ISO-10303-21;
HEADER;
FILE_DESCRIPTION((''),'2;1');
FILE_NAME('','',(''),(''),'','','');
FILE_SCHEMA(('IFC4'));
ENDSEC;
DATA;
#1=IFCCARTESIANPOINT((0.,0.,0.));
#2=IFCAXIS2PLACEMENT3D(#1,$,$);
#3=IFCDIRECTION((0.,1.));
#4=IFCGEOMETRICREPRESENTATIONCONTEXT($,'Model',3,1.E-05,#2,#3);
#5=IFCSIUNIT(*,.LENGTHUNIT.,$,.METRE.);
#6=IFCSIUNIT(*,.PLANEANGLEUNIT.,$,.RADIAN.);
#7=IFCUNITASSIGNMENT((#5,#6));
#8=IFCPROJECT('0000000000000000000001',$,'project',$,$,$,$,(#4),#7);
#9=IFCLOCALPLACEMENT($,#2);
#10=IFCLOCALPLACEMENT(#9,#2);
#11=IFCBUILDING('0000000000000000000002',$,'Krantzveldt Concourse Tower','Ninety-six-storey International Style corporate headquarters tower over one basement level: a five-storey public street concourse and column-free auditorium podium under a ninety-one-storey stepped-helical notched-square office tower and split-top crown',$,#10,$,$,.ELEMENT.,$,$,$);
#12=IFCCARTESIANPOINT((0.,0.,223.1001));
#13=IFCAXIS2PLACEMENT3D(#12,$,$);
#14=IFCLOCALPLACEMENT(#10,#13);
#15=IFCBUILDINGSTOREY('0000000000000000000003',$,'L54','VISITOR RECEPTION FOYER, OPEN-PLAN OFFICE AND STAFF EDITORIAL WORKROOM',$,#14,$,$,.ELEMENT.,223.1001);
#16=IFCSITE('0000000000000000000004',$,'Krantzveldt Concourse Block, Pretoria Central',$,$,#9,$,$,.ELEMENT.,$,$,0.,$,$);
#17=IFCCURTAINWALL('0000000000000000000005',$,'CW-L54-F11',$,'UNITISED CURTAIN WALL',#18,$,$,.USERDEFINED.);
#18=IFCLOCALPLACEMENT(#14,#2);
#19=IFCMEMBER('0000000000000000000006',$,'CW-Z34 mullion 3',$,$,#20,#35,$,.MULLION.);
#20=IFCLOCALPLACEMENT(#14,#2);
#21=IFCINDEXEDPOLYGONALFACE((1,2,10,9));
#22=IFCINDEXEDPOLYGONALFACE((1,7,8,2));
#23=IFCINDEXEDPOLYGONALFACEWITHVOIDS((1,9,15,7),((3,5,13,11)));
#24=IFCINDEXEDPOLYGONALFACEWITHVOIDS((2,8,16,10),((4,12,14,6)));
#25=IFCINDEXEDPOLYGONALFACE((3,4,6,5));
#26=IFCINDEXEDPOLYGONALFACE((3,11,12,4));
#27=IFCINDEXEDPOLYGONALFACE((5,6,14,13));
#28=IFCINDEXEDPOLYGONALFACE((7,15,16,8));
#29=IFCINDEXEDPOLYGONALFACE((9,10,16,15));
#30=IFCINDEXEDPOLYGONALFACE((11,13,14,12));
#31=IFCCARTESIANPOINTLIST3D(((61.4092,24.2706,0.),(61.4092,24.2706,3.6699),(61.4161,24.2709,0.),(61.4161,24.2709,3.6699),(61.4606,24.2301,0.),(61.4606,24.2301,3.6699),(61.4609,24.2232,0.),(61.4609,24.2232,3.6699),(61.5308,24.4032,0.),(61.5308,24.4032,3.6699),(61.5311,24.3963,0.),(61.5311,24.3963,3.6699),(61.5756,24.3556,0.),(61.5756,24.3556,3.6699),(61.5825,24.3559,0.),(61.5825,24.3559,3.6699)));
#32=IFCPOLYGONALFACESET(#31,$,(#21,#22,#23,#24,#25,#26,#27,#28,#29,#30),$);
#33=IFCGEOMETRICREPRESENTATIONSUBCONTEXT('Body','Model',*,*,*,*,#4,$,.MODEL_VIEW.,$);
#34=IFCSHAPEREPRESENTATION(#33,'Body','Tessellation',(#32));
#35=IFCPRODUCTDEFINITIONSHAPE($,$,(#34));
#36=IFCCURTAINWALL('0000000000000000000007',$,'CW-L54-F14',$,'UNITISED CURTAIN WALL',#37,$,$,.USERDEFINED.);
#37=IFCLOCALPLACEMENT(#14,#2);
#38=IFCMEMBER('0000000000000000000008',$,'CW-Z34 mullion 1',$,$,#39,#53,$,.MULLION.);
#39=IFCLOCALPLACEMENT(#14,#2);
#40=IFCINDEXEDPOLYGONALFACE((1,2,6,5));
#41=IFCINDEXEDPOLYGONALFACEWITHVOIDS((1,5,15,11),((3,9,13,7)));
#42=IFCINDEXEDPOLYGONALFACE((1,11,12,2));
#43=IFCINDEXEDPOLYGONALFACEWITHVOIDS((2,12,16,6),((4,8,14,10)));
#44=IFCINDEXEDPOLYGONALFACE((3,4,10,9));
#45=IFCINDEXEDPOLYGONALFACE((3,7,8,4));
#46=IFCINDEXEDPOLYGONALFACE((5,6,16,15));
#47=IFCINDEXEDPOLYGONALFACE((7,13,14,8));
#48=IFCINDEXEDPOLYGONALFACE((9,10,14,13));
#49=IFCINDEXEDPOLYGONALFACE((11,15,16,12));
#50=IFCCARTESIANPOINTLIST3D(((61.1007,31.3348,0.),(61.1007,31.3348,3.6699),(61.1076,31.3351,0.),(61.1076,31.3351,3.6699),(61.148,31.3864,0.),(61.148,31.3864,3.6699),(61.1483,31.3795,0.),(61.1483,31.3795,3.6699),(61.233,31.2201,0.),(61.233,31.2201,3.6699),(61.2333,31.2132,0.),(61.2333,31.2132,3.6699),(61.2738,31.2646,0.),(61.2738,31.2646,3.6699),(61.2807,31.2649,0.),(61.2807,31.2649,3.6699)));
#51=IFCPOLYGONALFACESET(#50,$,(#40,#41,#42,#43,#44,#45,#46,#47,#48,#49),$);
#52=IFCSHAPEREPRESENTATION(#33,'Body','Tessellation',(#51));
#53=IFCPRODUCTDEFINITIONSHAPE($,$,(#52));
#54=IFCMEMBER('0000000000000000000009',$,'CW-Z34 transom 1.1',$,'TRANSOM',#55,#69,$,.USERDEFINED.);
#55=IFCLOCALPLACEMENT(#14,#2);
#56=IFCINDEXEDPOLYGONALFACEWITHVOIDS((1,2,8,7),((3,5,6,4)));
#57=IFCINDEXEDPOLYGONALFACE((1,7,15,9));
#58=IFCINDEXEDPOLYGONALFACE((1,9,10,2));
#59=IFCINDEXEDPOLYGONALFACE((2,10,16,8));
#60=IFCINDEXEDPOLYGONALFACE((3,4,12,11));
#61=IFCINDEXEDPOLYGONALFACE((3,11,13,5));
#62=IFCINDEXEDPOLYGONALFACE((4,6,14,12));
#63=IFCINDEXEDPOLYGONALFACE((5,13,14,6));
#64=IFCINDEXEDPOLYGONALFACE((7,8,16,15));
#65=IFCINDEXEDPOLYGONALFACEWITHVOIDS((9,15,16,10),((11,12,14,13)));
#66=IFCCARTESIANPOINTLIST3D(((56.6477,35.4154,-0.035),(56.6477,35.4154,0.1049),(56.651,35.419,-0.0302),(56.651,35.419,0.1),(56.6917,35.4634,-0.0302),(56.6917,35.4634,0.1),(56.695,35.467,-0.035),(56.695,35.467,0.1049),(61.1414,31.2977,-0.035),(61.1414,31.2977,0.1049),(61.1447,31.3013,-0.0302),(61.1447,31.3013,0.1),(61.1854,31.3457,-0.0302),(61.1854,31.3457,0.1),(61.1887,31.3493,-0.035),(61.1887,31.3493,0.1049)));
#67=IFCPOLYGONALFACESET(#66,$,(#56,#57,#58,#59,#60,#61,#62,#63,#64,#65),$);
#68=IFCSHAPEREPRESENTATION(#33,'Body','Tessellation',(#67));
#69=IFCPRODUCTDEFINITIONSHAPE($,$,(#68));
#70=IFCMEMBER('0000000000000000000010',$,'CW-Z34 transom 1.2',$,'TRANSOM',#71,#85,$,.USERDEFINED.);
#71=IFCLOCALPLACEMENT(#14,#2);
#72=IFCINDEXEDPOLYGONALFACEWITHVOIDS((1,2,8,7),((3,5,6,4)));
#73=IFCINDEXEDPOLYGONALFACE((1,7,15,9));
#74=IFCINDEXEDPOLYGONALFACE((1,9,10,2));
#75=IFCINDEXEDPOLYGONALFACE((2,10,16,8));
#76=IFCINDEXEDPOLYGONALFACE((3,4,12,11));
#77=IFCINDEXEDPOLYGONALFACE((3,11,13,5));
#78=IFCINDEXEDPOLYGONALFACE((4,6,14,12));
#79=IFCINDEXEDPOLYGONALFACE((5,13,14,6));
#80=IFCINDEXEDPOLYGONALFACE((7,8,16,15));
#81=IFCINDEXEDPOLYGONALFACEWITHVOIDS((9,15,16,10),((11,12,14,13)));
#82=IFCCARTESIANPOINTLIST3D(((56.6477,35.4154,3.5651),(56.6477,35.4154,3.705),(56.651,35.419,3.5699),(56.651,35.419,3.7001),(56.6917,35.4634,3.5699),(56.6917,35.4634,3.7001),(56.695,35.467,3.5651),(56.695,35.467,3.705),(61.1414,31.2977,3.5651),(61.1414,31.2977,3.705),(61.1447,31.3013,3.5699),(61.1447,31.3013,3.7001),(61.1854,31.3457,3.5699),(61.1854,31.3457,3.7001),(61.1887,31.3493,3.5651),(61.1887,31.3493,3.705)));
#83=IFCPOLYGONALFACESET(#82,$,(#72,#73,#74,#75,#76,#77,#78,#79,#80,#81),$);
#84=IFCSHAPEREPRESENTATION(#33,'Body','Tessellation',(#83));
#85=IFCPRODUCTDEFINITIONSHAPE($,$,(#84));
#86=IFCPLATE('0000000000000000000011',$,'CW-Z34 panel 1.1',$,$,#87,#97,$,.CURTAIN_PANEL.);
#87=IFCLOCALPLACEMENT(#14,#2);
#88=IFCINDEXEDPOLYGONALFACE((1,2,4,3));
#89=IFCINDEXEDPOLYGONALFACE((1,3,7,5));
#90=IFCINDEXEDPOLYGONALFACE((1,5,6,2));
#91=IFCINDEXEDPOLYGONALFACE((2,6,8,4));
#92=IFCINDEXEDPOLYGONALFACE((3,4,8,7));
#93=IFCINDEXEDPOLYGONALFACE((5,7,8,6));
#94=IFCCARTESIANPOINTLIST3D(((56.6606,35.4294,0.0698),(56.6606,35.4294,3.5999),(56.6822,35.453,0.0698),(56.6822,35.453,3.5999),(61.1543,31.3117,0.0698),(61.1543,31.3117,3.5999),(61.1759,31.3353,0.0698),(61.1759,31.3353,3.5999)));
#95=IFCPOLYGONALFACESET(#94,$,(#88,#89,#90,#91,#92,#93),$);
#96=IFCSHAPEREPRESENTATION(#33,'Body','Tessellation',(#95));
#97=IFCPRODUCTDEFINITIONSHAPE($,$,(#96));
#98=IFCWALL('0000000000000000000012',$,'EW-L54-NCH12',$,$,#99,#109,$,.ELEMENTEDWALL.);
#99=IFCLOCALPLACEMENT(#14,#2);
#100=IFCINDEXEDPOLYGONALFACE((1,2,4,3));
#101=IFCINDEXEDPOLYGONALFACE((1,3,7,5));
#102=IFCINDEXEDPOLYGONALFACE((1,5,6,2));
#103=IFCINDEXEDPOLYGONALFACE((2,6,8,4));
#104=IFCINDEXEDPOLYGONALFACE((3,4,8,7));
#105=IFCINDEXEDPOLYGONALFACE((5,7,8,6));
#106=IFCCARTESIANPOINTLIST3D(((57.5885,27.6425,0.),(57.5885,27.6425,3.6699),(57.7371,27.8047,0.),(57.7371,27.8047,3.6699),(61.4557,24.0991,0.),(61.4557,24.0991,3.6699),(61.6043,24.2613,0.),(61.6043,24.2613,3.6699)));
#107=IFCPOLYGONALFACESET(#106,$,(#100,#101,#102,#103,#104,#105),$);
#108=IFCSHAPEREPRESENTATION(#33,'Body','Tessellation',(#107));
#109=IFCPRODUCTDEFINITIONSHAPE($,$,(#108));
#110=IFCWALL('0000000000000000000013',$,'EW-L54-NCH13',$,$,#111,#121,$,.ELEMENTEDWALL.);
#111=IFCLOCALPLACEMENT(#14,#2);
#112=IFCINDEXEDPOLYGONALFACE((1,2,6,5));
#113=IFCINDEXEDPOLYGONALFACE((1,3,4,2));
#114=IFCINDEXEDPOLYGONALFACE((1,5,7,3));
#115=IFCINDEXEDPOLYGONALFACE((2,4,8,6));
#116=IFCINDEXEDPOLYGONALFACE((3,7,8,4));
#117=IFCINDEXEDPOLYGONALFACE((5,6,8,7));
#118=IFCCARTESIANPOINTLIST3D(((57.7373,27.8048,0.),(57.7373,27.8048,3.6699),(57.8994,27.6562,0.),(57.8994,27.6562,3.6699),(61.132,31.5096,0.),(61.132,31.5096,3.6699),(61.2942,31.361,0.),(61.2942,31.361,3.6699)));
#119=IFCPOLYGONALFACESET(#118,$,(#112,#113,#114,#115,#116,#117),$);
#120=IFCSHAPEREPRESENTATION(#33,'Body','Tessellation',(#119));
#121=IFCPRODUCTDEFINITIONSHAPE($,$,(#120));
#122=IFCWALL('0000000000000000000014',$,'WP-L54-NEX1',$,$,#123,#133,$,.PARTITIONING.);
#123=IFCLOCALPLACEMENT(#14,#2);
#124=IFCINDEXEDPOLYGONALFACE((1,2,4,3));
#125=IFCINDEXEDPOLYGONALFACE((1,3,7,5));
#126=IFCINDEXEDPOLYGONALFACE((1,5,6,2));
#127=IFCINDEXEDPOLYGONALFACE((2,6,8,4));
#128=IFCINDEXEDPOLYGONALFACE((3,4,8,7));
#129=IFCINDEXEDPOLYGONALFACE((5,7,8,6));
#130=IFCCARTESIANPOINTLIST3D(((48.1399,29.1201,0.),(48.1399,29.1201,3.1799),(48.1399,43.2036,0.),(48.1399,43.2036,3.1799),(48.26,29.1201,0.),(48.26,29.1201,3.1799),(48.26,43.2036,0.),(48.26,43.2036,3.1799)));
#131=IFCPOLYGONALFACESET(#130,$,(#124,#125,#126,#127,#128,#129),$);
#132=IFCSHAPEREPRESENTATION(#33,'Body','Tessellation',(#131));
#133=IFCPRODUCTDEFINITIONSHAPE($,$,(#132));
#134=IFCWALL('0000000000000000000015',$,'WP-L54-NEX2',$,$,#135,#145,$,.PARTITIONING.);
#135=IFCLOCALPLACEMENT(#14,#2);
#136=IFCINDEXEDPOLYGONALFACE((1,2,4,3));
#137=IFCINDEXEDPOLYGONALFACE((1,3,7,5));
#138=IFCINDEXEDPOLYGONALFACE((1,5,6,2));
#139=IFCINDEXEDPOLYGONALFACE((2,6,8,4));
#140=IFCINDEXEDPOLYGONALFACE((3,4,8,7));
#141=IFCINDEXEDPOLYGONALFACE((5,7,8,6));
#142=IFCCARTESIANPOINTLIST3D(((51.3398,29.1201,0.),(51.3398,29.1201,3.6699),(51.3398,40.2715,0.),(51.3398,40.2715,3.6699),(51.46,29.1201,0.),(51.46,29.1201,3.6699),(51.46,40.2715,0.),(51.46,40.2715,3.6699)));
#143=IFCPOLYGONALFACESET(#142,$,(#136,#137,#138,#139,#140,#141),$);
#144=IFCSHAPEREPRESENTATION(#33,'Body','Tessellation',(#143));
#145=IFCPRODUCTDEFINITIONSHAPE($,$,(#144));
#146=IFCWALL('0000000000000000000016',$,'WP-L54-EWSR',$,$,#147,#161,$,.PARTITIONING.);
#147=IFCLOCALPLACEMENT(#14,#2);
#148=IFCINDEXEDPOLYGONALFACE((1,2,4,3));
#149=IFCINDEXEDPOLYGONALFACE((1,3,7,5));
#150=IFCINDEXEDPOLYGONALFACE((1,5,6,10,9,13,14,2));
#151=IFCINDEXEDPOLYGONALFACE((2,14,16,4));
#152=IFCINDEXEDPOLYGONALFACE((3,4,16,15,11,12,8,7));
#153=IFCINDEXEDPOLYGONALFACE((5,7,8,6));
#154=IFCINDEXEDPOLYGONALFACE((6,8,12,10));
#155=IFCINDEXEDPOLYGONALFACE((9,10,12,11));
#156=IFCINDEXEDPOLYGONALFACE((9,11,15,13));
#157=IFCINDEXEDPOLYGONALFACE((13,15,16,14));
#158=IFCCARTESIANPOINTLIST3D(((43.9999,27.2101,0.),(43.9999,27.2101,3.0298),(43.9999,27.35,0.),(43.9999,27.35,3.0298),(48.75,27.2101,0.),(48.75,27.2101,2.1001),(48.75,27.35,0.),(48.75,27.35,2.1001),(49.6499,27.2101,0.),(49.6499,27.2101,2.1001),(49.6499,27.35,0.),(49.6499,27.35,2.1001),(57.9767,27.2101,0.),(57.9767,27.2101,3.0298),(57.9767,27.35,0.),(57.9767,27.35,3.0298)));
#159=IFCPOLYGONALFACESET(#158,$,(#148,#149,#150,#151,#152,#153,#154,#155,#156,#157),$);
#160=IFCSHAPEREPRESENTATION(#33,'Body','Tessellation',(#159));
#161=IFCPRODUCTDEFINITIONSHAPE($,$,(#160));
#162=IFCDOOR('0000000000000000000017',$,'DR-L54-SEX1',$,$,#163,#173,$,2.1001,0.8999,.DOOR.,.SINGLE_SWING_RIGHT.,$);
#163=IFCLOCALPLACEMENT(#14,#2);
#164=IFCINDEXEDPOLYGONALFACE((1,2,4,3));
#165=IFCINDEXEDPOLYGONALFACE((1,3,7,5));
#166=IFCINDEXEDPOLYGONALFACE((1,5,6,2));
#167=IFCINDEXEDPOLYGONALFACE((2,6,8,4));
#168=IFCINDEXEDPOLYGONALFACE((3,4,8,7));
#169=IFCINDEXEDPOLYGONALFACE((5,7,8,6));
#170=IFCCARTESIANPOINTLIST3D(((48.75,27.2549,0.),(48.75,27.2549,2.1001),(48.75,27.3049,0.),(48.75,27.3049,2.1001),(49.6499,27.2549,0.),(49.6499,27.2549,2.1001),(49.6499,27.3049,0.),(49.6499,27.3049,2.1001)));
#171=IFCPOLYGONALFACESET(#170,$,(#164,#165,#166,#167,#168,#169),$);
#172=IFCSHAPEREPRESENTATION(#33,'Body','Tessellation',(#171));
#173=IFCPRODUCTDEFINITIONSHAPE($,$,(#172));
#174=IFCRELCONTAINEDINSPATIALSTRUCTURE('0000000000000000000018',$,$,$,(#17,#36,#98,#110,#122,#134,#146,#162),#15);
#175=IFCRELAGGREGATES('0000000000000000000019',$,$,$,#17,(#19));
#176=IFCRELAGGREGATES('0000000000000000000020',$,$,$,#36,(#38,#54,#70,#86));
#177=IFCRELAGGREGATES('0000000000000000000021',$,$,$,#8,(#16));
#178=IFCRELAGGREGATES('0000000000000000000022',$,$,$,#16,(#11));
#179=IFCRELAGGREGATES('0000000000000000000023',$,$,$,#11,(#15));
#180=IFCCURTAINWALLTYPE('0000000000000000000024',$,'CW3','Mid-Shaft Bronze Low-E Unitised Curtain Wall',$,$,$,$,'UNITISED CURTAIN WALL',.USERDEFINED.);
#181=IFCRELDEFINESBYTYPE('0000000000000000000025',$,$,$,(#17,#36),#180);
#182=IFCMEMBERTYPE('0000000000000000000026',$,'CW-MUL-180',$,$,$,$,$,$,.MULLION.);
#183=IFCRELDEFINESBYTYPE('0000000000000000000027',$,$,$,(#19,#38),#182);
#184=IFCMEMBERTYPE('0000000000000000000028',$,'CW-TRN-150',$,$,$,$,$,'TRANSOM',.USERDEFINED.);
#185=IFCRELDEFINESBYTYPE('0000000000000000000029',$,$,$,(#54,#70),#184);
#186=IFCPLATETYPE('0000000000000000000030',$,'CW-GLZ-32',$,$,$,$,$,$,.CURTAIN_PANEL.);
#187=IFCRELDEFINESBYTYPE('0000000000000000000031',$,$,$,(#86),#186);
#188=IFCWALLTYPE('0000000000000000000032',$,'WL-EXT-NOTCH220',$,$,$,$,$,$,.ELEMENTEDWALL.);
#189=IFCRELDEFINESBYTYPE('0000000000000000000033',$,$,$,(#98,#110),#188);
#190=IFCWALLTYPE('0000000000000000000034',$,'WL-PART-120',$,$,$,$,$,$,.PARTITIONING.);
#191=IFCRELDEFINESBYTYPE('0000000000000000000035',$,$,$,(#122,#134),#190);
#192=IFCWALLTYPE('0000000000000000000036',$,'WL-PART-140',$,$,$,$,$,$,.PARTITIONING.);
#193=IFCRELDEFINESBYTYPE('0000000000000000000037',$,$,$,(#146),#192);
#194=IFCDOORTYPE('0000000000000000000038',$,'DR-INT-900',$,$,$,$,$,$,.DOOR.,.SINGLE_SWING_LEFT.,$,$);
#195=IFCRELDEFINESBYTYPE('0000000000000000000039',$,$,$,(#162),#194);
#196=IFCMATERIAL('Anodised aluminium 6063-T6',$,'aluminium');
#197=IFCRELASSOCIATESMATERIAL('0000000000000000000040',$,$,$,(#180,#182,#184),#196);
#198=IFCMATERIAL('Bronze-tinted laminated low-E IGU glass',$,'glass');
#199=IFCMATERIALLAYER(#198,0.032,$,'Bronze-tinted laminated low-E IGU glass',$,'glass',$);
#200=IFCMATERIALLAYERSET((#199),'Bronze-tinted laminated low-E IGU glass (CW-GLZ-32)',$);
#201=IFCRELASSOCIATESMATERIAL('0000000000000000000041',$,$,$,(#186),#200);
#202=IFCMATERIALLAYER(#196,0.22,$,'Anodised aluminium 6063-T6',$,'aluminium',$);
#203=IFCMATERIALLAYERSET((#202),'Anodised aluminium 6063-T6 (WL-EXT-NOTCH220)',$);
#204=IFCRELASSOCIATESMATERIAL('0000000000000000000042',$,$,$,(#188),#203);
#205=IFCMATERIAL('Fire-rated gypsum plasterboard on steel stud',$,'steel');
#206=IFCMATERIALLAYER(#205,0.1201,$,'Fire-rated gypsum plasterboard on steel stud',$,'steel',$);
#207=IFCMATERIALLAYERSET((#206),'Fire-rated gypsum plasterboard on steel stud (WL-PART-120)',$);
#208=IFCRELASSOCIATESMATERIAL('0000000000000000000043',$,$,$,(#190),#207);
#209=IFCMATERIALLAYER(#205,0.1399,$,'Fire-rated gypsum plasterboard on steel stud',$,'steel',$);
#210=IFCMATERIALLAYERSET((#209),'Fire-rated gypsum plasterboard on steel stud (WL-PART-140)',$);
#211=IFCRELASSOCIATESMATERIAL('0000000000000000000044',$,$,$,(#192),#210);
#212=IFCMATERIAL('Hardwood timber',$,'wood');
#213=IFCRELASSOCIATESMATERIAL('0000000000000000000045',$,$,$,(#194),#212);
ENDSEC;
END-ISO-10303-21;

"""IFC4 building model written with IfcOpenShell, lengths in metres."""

from ifc_helpers import new_model, si_unit, direction, frame, frame_2d, origin, origin_2d, place, context, subcontext, project, spatial, rectangle, hollow_rectangle, extrude, source, transform, mapped, material, layer, layer_set, material_profile, profile_set, type_object, type_shapes, element, fill, aggregate, save


model = new_model("IFC4")

# Units and contexts
model_context = context("Model", 3, precision=1e-05, world=origin(), true_north=direction((0.0, 1.0)))
body_context = subcontext(model_context, "Body", "Model", "MODEL_VIEW")
ifc_project = project(units=[si_unit("LENGTHUNIT", "METRE"), si_unit("PLANEANGLEUNIT", "RADIAN")], contexts=[model_context])

# Site, building, storey
site_placement = place(None, origin())
site = spatial("IfcSite", under=ifc_project, at=site_placement, Name="Krantzveldt Concourse Block, Pretoria Central", CompositionType="ELEMENT", RefElevation=0.0)
building_placement = place(site_placement, origin())
building = spatial("IfcBuilding", under=site, at=building_placement, Name="Krantzveldt Concourse Tower", Description="Ninety-six-storey International Style corporate headquarters tower over one basement level: a five-storey public street concourse and column-free auditorium podium under a ninety-one-storey stepped-helical notched-square office tower and split-top crown", CompositionType="ELEMENT")
storey_placement = place(building_placement, frame((0.0, 0.0, 223.1001)))
storey = spatial("IfcBuildingStorey", under=building, at=storey_placement, Name="L54", Description="VISITOR RECEPTION FOYER, OPEN-PLAN OFFICE AND STAFF EDITORIAL WORKROOM", CompositionType="ELEMENT", Elevation=223.1001)

# Curtain wall, member
ifc_material_1 = material(Name="Anodised aluminium 6063-T6", Category="aluminium")
curtain_wall_type = type_object("IfcCurtainWallType", Name="CW3", Description="Mid-Shaft Bronze Low-E Unitised Curtain Wall", ElementType="UNITISED CURTAIN WALL", PredefinedType="USERDEFINED", material=ifc_material_1)
curtain_wall_1_placement = place(storey_placement, origin())
curtain_wall_1 = element("IfcCurtainWall", 1, at=curtain_wall_1_placement, inside=storey, type_object=curtain_wall_type, Name="CW-L54-F11", ObjectType="UNITISED CURTAIN WALL", PredefinedType="USERDEFINED")
ifc_material_profile_1 = material_profile(ifc_material_1, hollow_rectangle(XDim=0.0701, YDim=0.1799, WallThickness=0.0049, at=origin_2d()), Name="Anodised aluminium 6063-T6", Category="aluminium")
ifc_profile_set_1 = profile_set([ifc_material_profile_1], Name="Anodised aluminium 6063-T6 - ALU-MULL 180x70x5")
member_type_1 = type_object("IfcMemberType", Name="CW-MUL-180", PredefinedType="MULLION", material=ifc_profile_set_1)
shared_shape_1 = source(origin(), body_context, "Body", "SweptSolid", [
    extrude(hollow_rectangle(XDim=0.0701, YDim=0.1799, WallThickness=0.0049, at=origin_2d()), origin(), (0.0, 0.0, 1.0), 3.6699),
])
type_shapes(member_type_1, [shared_shape_1])
member_1_placement = place(storey_placement, frame((61.4958, 24.3132, 0.0), z_axis=(0.0, 0.0, 1.0), x_axis=(-0.737278, 0.67559, 0.0)))
member_1 = element("IfcMember", 2, at=member_1_placement, type_object=member_type_1, Name="CW-Z34 mullion 3", PredefinedType="MULLION", context=body_context, shape_type="MappedRepresentation", body=[
    mapped(shared_shape_1, transform((0.0, 0.0, 0.0), x_axis=(1.0, 0.0, 0.0), y_axis=(0.0, 1.0, 0.0), z_axis=(0.0, 0.0, 1.0), scale=1.0)),
])
aggregate(curtain_wall_1, [member_1])

# Curtain wall, members, plate
curtain_wall_2_placement = place(storey_placement, origin())
curtain_wall_2 = element("IfcCurtainWall", 3, at=curtain_wall_2_placement, inside=storey, type_object=curtain_wall_type, Name="CW-L54-F14", ObjectType="UNITISED CURTAIN WALL", PredefinedType="USERDEFINED")
member_2_placement = place(storey_placement, frame((61.1907, 31.2998, 0.0), z_axis=(0.0, 0.0, 1.0), x_axis=(-0.67559, -0.737277, 0.0)))
member_2 = element("IfcMember", 4, at=member_2_placement, type_object=member_type_1, Name="CW-Z34 mullion 1", PredefinedType="MULLION", context=body_context, shape_type="MappedRepresentation", body=[
    mapped(shared_shape_1, transform((0.0, 0.0, 0.0), x_axis=(1.0, 0.0, 0.0), y_axis=(0.0, 1.0, 0.0), z_axis=(0.0, 0.0, 1.0), scale=1.0)),
])
ifc_material_profile_2 = material_profile(ifc_material_1, hollow_rectangle(XDim=0.0701, YDim=0.1399, WallThickness=0.0049, at=origin_2d()), Name="Anodised aluminium 6063-T6", Category="aluminium")
ifc_profile_set_2 = profile_set([ifc_material_profile_2], Name="Anodised aluminium 6063-T6 - ALU-TRAN 140x70x5")
member_type_2 = type_object("IfcMemberType", Name="CW-TRN-150", ElementType="TRANSOM", PredefinedType="USERDEFINED", material=ifc_profile_set_2)
shared_shape_2 = source(origin(), body_context, "Body", "SweptSolid", [
    extrude(hollow_rectangle(XDim=0.0701, YDim=0.1399, WallThickness=0.0049, at=origin_2d()), origin(), (0.0, 0.0, 1.0), 6.095),
])
type_shapes(member_type_2, [shared_shape_2])
member_3_placement = place(storey_placement, frame((61.165, 31.3235, 0.0349), z_axis=(-0.737277, 0.67559, 0.0), x_axis=(-0.67559, -0.737277, 0.0)))
member_3 = element("IfcMember", 5, at=member_3_placement, type_object=member_type_2, Name="CW-Z34 transom 1.1", ObjectType="TRANSOM", PredefinedType="USERDEFINED", context=body_context, shape_type="MappedRepresentation", body=[
    mapped(shared_shape_2, transform((0.0, 0.0, 0.0), x_axis=(1.0, 0.0, 0.0), y_axis=(0.0, 1.0, 0.0), z_axis=(0.0, 0.0, 1.0), scale=1.0)),
])
member_4_placement = place(storey_placement, frame((61.165, 31.3235, 3.635), z_axis=(-0.737277, 0.67559, 0.0), x_axis=(-0.67559, -0.737277, 0.0)))
member_4 = element("IfcMember", 6, at=member_4_placement, type_object=member_type_2, Name="CW-Z34 transom 1.2", ObjectType="TRANSOM", PredefinedType="USERDEFINED", context=body_context, shape_type="MappedRepresentation", body=[
    mapped(shared_shape_2, transform((0.0, 0.0, 0.0), x_axis=(1.0, 0.0, 0.0), y_axis=(0.0, 1.0, 0.0), z_axis=(0.0, 0.0, 1.0), scale=1.0)),
])
ifc_material_2 = material(Name="Bronze-tinted laminated low-E IGU glass", Category="glass")
ifc_layer_1 = layer(ifc_material_2, 0.032, Name="Bronze-tinted laminated low-E IGU glass", Category="glass")
ifc_layer_set_1 = layer_set([ifc_layer_1], Name="Bronze-tinted laminated low-E IGU glass (CW-GLZ-32)")
plate_type = type_object("IfcPlateType", Name="CW-GLZ-32", PredefinedType="CURTAIN_PANEL", material=ifc_layer_set_1)
shared_shape_3 = source(origin(), body_context, "Body", "SweptSolid", [
    extrude(rectangle(XDim=6.095, YDim=0.032, at=origin_2d()), origin(), (0.0, 0.0, 1.0), 3.53),
])
type_shapes(plate_type, [shared_shape_3])
plate_placement = place(storey_placement, frame((58.9182, 33.3823, 0.0698), z_axis=(0.0, 0.0, 1.0), x_axis=(-0.737277, 0.67559, 0.0)))
plate = element("IfcPlate", 7, at=plate_placement, type_object=plate_type, Name="CW-Z34 panel 1.1", PredefinedType="CURTAIN_PANEL", context=body_context, shape_type="MappedRepresentation", body=[
    mapped(shared_shape_3, transform((0.0, 0.0, 0.0), x_axis=(1.0, 0.0, 0.0), y_axis=(0.0, 1.0, 0.0), z_axis=(0.0, 0.0, 1.0), scale=1.0)),
])
aggregate(curtain_wall_2, [member_2, member_3, member_4, plate])

# Walls
ifc_layer_2 = layer(ifc_material_1, 0.22, Name="Anodised aluminium 6063-T6", Category="aluminium")
ifc_layer_set_2 = layer_set([ifc_layer_2], Name="Anodised aluminium 6063-T6 (WL-EXT-NOTCH220)")
wall_type_1 = type_object("IfcWallType", Name="WL-EXT-NOTCH220", PredefinedType="ELEMENTEDWALL", material=ifc_layer_set_2)
wall_1_placement = place(storey_placement, frame((61.53, 24.1802, 0.0), z_axis=(0.0, 0.0, 1.0), x_axis=(-0.737293, 0.675573, 0.0)))
element("IfcWall", 8, at=wall_1_placement, inside=storey, type_object=wall_type_1, Name="EW-L54-NCH12", PredefinedType="ELEMENTEDWALL", context=body_context, shape_type="SweptSolid", body=[
    extrude(rectangle(XDim=5.2451, YDim=0.22, at=frame_2d((2.6226, 0.0))), origin(), (0.0, 0.0, 1.0), 3.6699),
])
wall_2_placement = place(storey_placement, frame((57.8184, 27.7305, 0.0), z_axis=(0.0, 0.0, 1.0), x_axis=(0.675582, 0.737285, 0.0)))
element("IfcWall", 9, at=wall_2_placement, inside=storey, type_object=wall_type_1, Name="EW-L54-NCH13", PredefinedType="ELEMENTEDWALL", context=body_context, shape_type="SweptSolid", body=[
    extrude(rectangle(XDim=5.0249, YDim=0.22, at=frame_2d((2.5125, 0.0))), origin(), (0.0, 0.0, 1.0), 3.6699),
])
ifc_material_3 = material(Name="Fire-rated gypsum plasterboard on steel stud", Category="steel")
ifc_layer_3 = layer(ifc_material_3, 0.1201, Name="Fire-rated gypsum plasterboard on steel stud", Category="steel")
ifc_layer_set_3 = layer_set([ifc_layer_3], Name="Fire-rated gypsum plasterboard on steel stud (WL-PART-120)")
wall_type_2 = type_object("IfcWallType", Name="WL-PART-120", PredefinedType="PARTITIONING", material=ifc_layer_set_3)
wall_3_placement = place(storey_placement, frame((48.2, 29.1201, 0.0), z_axis=(0.0, 0.0, 1.0), x_axis=(0.0, 1.0, 0.0)))
element("IfcWall", 10, at=wall_3_placement, inside=storey, type_object=wall_type_2, Name="WP-L54-NEX1", PredefinedType="PARTITIONING", context=body_context, shape_type="SweptSolid", body=[
    extrude(rectangle(XDim=14.0835, YDim=0.1201, at=frame_2d((7.0417, 0.0))), origin(), (0.0, 0.0, 1.0), 3.1799),
])
wall_4_placement = place(storey_placement, frame((51.3999, 29.1201, 0.0), z_axis=(0.0, 0.0, 1.0), x_axis=(0.0, 1.0, 0.0)))
element("IfcWall", 11, at=wall_4_placement, inside=storey, type_object=wall_type_2, Name="WP-L54-NEX2", PredefinedType="PARTITIONING", context=body_context, shape_type="SweptSolid", body=[
    extrude(rectangle(XDim=11.1514, YDim=0.1201, at=frame_2d((5.5757, 0.0))), origin(), (0.0, 0.0, 1.0), 3.6699),
])

# Wall, opening, door
ifc_layer_4 = layer(ifc_material_3, 0.1399, Name="Fire-rated gypsum plasterboard on steel stud", Category="steel")
ifc_layer_set_4 = layer_set([ifc_layer_4], Name="Fire-rated gypsum plasterboard on steel stud (WL-PART-140)")
wall_type_3 = type_object("IfcWallType", Name="WL-PART-140", PredefinedType="PARTITIONING", material=ifc_layer_set_4)
wall_5_placement = place(storey_placement, frame((44.0, 27.28, 0.0), z_axis=(0.0, 0.0, 1.0), x_axis=(1.0, 0.0, 0.0)))
wall_5 = element("IfcWall", 12, at=wall_5_placement, inside=storey, type_object=wall_type_3, Name="WP-L54-EWSR", PredefinedType="PARTITIONING", context=body_context, shape_type="SweptSolid", body=[
    extrude(rectangle(XDim=13.9768, YDim=0.1399, at=frame_2d((6.9883, 0.0))), origin(), (0.0, 0.0, 1.0), 3.0298),
])
opening_placement = place(wall_5_placement, frame((4.75, 0.0, 0.0)))
opening = element("IfcOpeningElement", 13, at=opening_placement, cuts=wall_5, PredefinedType="OPENING", context=body_context, shape_type="SweptSolid", body=[
    extrude(rectangle(XDim=0.8999, YDim=2.1001, at=frame_2d((0.45, 1.05))), frame((0.0, 0.0801, 0.0), z_axis=(0.0, -1.0, 0.0), x_axis=(1.0, 0.0, 0.0)), (0.0, 0.0, 1.0), 0.1599),
])
ifc_material_4 = material(Name="Hardwood timber", Category="wood")
door_type = type_object("IfcDoorType", Name="DR-INT-900", OperationType="SINGLE_SWING_LEFT", PredefinedType="DOOR", material=ifc_material_4)
door_placement = place(opening_placement, origin())
door = element("IfcDoor", 14, at=door_placement, inside=storey, type_object=door_type, Name="DR-L54-SEX1", OperationType="SINGLE_SWING_RIGHT", OverallHeight=2.1001, OverallWidth=0.8999, PredefinedType="DOOR", context=body_context, shape_type="SweptSolid", body=[
    extrude(rectangle(XDim=0.8999, YDim=2.1001, at=frame_2d((0.45, 1.05))), frame((0.0, 0.0249, 0.0), z_axis=(0.0, -1.0, 0.0), x_axis=(1.0, 0.0, 0.0)), (0.0, 0.0, 1.0), 0.05),
])
fill(opening, door)

save(model, "model.ifc")
